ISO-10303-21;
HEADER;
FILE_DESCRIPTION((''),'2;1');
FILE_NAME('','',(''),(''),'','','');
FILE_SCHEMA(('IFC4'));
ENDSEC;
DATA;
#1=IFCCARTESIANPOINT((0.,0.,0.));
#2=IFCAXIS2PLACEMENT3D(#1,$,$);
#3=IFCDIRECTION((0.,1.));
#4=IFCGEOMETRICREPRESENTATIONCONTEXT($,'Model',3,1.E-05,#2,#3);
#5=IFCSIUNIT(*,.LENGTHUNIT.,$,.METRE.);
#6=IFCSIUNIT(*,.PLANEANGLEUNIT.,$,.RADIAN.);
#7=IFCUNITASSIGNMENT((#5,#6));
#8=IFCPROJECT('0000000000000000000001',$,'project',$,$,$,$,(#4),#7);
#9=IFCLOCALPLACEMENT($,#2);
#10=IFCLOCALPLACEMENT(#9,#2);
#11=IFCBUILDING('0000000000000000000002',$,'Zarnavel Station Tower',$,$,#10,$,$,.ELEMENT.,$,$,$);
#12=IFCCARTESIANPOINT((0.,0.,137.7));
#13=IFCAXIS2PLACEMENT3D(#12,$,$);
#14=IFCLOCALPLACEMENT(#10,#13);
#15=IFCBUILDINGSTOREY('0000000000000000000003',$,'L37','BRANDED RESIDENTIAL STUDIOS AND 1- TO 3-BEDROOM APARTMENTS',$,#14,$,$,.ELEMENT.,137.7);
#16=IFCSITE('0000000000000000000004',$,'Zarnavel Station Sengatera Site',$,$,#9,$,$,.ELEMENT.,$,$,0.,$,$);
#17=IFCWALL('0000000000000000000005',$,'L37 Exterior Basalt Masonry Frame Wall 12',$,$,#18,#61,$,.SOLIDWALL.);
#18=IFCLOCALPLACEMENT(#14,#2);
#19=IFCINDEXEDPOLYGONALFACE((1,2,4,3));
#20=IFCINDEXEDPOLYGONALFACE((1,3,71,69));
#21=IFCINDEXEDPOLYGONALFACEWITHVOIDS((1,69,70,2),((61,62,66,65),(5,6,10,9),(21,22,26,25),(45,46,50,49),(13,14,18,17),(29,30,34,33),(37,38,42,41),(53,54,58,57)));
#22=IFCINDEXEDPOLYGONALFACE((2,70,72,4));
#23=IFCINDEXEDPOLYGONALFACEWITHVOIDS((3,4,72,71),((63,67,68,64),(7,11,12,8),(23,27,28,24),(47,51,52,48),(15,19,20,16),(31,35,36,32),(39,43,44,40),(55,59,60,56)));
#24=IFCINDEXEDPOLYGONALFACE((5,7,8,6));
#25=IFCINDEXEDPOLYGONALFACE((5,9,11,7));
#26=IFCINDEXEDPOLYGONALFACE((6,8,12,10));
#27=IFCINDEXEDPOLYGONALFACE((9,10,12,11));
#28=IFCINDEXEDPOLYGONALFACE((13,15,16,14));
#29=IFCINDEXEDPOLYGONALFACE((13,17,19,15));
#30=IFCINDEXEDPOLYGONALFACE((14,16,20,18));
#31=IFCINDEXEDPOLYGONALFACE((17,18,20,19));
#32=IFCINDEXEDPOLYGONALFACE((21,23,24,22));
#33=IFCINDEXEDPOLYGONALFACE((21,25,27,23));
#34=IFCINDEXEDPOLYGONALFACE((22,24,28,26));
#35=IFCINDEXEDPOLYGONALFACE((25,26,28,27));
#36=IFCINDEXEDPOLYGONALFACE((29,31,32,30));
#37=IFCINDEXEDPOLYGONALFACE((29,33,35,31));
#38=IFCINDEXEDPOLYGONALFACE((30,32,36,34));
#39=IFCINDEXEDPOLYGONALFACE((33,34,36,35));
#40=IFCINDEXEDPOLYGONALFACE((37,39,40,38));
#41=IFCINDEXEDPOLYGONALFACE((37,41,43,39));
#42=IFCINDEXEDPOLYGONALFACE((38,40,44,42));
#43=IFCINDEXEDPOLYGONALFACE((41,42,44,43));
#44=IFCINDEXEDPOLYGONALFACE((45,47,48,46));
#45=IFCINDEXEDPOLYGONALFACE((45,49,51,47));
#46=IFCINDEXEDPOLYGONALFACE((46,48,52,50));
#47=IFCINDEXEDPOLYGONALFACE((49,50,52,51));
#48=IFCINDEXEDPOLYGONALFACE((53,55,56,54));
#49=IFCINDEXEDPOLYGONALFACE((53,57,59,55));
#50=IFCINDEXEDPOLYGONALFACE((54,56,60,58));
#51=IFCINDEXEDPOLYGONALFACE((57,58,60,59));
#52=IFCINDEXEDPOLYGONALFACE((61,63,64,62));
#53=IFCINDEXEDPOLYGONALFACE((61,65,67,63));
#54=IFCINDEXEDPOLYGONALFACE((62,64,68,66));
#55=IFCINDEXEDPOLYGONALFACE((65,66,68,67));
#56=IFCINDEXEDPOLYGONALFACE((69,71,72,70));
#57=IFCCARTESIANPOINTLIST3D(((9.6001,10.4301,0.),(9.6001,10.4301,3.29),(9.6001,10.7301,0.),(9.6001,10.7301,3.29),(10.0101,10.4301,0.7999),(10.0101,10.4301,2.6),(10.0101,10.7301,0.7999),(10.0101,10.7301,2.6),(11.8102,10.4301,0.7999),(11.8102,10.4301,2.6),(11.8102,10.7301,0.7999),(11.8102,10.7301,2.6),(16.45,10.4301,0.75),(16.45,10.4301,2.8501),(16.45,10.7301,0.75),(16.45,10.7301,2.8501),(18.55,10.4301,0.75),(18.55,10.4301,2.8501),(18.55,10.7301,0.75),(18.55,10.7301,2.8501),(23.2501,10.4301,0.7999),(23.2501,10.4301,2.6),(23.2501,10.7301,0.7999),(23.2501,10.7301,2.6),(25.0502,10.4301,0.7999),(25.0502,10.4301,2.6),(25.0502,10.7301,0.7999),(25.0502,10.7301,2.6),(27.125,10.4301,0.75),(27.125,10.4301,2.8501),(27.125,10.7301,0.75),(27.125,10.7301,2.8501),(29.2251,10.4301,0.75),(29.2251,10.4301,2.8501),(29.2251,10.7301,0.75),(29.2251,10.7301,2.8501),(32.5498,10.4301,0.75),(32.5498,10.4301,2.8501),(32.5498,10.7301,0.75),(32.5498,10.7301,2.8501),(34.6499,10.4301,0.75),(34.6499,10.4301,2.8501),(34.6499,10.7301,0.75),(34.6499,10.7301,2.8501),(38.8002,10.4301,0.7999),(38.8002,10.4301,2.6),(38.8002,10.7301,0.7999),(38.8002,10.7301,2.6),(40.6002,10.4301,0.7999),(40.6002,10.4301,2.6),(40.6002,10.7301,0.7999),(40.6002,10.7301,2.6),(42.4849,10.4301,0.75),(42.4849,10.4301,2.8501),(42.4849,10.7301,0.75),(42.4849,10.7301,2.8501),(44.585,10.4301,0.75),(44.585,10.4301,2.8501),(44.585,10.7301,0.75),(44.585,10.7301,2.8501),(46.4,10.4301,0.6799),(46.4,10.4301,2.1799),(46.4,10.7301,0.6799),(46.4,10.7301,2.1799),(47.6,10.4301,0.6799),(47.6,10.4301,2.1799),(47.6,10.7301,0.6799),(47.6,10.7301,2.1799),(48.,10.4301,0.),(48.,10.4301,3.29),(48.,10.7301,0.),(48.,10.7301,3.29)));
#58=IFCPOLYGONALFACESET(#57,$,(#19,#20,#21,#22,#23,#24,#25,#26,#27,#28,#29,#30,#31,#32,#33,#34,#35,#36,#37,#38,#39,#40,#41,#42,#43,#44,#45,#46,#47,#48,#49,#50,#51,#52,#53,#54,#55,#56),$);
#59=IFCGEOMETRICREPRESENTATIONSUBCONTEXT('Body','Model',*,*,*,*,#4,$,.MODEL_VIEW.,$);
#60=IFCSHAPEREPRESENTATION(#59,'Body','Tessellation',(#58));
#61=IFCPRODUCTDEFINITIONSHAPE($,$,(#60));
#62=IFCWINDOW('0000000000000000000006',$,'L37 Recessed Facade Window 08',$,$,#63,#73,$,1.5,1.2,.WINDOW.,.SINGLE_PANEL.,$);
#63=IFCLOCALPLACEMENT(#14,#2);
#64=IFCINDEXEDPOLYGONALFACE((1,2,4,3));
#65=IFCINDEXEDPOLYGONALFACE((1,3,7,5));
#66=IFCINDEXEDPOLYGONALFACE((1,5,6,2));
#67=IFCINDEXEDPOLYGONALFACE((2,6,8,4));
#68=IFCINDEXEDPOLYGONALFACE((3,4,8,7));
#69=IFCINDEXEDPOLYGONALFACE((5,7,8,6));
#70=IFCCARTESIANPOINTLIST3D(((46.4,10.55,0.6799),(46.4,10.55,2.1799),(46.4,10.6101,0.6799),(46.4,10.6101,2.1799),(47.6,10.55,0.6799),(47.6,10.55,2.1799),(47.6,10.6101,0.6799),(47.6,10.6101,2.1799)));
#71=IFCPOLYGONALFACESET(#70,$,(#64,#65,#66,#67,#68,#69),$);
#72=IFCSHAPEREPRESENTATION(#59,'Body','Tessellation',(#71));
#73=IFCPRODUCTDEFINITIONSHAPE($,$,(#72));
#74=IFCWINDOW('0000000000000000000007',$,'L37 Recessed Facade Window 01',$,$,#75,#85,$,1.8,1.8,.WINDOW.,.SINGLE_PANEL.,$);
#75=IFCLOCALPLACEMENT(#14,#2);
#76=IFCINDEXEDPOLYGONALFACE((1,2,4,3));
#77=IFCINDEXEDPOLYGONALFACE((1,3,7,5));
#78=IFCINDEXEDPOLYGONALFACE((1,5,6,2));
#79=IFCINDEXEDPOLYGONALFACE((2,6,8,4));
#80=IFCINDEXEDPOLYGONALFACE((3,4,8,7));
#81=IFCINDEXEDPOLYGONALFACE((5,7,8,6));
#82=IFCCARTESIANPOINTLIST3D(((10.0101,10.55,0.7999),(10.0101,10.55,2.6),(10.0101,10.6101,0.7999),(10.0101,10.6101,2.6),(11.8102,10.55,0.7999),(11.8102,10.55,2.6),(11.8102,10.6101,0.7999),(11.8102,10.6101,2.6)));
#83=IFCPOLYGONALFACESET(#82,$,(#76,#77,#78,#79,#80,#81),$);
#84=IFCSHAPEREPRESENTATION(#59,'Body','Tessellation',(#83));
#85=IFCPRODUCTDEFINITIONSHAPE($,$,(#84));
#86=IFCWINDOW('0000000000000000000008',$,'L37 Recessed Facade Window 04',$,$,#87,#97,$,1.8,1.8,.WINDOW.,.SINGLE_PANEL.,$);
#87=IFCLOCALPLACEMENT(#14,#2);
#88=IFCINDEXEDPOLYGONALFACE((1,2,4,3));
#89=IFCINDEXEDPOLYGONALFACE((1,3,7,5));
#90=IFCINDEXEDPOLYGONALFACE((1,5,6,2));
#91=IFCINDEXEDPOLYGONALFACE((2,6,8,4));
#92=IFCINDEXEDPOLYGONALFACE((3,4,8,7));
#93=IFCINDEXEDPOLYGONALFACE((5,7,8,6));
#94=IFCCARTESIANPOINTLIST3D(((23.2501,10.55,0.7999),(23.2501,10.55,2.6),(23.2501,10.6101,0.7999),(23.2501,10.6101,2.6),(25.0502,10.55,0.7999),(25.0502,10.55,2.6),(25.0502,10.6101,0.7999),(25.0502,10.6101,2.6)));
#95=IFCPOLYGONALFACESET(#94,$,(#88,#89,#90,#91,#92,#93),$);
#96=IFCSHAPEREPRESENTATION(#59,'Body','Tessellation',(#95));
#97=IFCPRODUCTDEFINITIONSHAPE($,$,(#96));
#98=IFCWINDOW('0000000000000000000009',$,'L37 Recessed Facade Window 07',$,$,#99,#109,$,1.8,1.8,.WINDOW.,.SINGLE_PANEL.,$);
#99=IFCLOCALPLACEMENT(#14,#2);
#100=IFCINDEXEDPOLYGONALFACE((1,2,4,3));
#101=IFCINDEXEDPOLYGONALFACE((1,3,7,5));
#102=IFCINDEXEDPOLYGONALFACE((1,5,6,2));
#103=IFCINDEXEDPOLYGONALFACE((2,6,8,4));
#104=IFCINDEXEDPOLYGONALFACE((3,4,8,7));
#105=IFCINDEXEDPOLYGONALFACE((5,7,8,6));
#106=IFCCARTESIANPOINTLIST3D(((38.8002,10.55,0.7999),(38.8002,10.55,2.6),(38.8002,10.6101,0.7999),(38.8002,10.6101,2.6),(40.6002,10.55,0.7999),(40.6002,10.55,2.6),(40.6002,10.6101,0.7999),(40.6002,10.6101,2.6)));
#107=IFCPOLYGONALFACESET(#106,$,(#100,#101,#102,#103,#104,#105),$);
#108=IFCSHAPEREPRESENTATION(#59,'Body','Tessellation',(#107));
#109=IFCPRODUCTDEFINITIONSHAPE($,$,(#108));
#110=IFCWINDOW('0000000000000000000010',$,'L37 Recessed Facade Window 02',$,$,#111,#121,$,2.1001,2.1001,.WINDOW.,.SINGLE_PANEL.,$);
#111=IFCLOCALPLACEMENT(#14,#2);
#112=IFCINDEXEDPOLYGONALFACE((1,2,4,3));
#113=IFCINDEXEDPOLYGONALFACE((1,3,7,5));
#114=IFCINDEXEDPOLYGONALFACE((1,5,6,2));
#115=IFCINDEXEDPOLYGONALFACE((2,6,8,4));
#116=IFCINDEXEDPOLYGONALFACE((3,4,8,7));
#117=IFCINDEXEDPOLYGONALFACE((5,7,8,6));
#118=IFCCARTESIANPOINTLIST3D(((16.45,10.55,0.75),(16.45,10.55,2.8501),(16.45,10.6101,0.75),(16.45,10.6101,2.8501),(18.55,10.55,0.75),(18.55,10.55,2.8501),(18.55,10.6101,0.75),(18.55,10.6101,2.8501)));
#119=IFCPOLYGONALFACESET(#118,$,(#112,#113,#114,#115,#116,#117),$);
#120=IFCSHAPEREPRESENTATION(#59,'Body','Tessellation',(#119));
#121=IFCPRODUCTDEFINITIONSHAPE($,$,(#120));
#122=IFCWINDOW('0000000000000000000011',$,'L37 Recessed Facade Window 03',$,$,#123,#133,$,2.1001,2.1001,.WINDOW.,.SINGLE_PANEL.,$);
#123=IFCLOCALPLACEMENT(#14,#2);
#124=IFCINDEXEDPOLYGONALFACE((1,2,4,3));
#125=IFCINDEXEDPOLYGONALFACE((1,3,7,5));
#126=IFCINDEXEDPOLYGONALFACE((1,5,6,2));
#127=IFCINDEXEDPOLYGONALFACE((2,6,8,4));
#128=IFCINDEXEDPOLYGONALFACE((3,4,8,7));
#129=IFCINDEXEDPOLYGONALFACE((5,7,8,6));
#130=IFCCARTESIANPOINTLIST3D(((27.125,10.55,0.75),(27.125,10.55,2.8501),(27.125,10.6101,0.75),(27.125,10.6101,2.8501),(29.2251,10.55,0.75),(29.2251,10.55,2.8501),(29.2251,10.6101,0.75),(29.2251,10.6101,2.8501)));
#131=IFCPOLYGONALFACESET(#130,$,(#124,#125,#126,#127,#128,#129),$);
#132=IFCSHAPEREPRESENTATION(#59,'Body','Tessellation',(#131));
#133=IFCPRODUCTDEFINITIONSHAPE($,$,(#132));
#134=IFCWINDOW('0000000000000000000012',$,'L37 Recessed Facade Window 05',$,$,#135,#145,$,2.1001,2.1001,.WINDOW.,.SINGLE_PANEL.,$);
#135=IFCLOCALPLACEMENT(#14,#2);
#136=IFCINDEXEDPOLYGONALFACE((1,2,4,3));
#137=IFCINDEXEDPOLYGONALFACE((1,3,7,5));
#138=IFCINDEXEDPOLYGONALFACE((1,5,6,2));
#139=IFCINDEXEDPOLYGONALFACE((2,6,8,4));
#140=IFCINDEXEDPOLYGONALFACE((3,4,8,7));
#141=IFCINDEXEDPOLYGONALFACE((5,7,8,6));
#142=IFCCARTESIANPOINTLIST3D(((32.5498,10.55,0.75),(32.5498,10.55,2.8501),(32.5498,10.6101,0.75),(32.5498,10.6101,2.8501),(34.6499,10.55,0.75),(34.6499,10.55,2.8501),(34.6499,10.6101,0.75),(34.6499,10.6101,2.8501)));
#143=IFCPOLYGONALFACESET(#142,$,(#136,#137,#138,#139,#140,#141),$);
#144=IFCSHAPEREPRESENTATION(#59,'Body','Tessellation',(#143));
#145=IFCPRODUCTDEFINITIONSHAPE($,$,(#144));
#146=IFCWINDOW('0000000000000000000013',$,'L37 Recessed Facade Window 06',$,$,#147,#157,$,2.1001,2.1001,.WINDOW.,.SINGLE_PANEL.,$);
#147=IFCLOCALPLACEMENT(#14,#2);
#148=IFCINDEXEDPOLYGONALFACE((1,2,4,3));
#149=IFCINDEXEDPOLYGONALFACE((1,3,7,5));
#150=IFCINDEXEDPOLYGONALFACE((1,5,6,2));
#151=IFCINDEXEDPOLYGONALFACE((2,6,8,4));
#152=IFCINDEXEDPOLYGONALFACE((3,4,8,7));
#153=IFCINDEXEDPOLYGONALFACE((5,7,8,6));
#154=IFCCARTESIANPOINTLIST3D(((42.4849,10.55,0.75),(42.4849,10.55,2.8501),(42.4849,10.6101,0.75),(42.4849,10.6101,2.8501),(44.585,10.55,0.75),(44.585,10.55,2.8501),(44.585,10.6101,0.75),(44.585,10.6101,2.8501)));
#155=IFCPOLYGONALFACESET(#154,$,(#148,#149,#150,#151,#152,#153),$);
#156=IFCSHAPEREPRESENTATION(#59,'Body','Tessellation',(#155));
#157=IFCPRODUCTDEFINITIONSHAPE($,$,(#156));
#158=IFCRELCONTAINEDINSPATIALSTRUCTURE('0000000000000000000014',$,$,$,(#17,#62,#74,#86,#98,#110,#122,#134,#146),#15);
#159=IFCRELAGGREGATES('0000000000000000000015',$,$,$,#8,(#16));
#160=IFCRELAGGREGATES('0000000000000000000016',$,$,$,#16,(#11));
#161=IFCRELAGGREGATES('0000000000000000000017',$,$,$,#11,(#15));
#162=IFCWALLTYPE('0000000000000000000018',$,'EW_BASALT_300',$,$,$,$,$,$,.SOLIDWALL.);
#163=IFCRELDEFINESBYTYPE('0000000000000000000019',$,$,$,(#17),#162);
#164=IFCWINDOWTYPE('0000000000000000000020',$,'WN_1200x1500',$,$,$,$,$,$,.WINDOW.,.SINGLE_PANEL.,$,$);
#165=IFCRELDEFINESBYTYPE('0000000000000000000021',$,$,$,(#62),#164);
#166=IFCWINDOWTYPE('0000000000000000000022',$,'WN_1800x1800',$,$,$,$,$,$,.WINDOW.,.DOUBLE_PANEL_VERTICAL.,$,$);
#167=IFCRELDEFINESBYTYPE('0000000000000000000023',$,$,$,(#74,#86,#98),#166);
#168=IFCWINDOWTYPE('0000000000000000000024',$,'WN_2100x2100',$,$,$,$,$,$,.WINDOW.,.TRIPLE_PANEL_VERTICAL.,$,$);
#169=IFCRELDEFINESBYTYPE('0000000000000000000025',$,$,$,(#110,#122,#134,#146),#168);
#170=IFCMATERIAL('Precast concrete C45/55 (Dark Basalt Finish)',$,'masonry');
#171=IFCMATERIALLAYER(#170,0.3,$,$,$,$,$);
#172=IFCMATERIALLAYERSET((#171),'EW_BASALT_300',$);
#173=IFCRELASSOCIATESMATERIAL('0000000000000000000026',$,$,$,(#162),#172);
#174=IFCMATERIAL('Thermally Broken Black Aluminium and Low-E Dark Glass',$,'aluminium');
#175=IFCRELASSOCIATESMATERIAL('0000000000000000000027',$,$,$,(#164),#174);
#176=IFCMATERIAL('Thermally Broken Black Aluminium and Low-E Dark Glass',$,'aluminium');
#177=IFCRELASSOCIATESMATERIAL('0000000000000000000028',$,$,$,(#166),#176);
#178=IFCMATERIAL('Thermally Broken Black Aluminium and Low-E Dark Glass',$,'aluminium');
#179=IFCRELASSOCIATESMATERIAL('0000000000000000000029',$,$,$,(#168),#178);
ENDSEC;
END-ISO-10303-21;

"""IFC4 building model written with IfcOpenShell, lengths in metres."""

from ifc_helpers import new_model, si_unit, direction, frame, frame_2d, origin, place, context, subcontext, project, spatial, rectangle, extrude, material, layer, layer_set, type_object, element, fill, save


model = new_model("IFC4")

# Units and contexts
model_context = context("Model", 3, precision=1e-05, world=origin(), true_north=direction((0.0, 1.0)))
body_context = subcontext(model_context, "Body", "Model", "MODEL_VIEW")
ifc_project = project(units=[si_unit("LENGTHUNIT", "METRE"), si_unit("PLANEANGLEUNIT", "RADIAN")], contexts=[model_context])

# Site, building, storey
site_placement = place(None, origin())
site = spatial("IfcSite", under=ifc_project, at=site_placement, Name="Zarnavel Station Sengatera Site", CompositionType="ELEMENT", RefElevation=0.0)
building_placement = place(site_placement, origin())
building = spatial("IfcBuilding", under=site, at=building_placement, Name="Zarnavel Station Tower", CompositionType="ELEMENT")
storey_placement = place(building_placement, frame((0.0, 0.0, 137.7)))
storey = spatial("IfcBuildingStorey", under=building, at=storey_placement, Name="L37", Description="BRANDED RESIDENTIAL STUDIOS AND 1- TO 3-BEDROOM APARTMENTS", CompositionType="ELEMENT", Elevation=137.7)

# Shared definitions
ifc_material_1 = material(Name="Precast concrete C45/55 (Dark Basalt Finish)", Category="masonry")
ifc_layer_1 = layer(ifc_material_1, 0.3)
ifc_layer_set_1 = layer_set([ifc_layer_1], Name="EW_BASALT_300")
wall_type_1 = type_object("IfcWallType", Name="EW_BASALT_300", PredefinedType="SOLIDWALL", material=ifc_layer_set_1)

# Wall, openings, windows
wall_1_placement = place(storey_placement, frame((48.0, 10.5801, 0.0), z_axis=(0.0, 0.0, 1.0), x_axis=(-1.0, 0.0, 0.0)))
wall_1 = element("IfcWall", 1, at=wall_1_placement, inside=storey, type_object=wall_type_1, Name="L37 Exterior Basalt Masonry Frame Wall 12", PredefinedType="SOLIDWALL", context=body_context, shape_type="SweptSolid", body=[
    extrude(rectangle(XDim=38.3999, YDim=0.3, at=frame_2d((19.2, 0.0))), origin(), (0.0, 0.0, 1.0), 3.29),
])
opening_1_placement = place(wall_1_placement, frame((36.1899, 0.0, 0.8)))
opening_1 = element("IfcOpeningElement", 2, at=opening_1_placement, cuts=wall_1, PredefinedType="OPENING", context=body_context, shape_type="SweptSolid", body=[
    extrude(rectangle(XDim=1.8, YDim=1.8, at=frame_2d((0.8999, 0.8999))), frame((0.0, 0.1599, 0.0), z_axis=(0.0, -1.0, 0.0), x_axis=(1.0, 0.0, 0.0)), (0.0, 0.0, 1.0), 0.3201),
])
opening_2_placement = place(wall_1_placement, frame((29.45, 0.0, 0.75)))
opening_2 = element("IfcOpeningElement", 3, at=opening_2_placement, cuts=wall_1, PredefinedType="OPENING", context=body_context, shape_type="SweptSolid", body=[
    extrude(rectangle(XDim=2.1001, YDim=2.1001, at=frame_2d((1.05, 1.05))), frame((0.0, 0.1599, 0.0), z_axis=(0.0, -1.0, 0.0), x_axis=(1.0, 0.0, 0.0)), (0.0, 0.0, 1.0), 0.3201),
])
opening_3_placement = place(wall_1_placement, frame((18.7749, 0.0, 0.75)))
opening_3 = element("IfcOpeningElement", 4, at=opening_3_placement, cuts=wall_1, PredefinedType="OPENING", context=body_context, shape_type="SweptSolid", body=[
    extrude(rectangle(XDim=2.1001, YDim=2.1001, at=frame_2d((1.05, 1.05))), frame((0.0, 0.1599, 0.0), z_axis=(0.0, -1.0, 0.0), x_axis=(1.0, 0.0, 0.0)), (0.0, 0.0, 1.0), 0.3201),
])
opening_4_placement = place(wall_1_placement, frame((22.95, 0.0, 0.8)))
opening_4 = element("IfcOpeningElement", 5, at=opening_4_placement, cuts=wall_1, PredefinedType="OPENING", context=body_context, shape_type="SweptSolid", body=[
    extrude(rectangle(XDim=1.8, YDim=1.8, at=frame_2d((0.8999, 0.8999))), frame((0.0, 0.1599, 0.0), z_axis=(0.0, -1.0, 0.0), x_axis=(1.0, 0.0, 0.0)), (0.0, 0.0, 1.0), 0.3201),
])
opening_5_placement = place(wall_1_placement, frame((13.3501, 0.0, 0.75)))
opening_5 = element("IfcOpeningElement", 6, at=opening_5_placement, cuts=wall_1, PredefinedType="OPENING", context=body_context, shape_type="SweptSolid", body=[
    extrude(rectangle(XDim=2.1001, YDim=2.1001, at=frame_2d((1.05, 1.05))), frame((0.0, 0.1599, 0.0), z_axis=(0.0, -1.0, 0.0), x_axis=(1.0, 0.0, 0.0)), (0.0, 0.0, 1.0), 0.3201),
])
opening_6_placement = place(wall_1_placement, frame((3.415, 0.0, 0.75)))
opening_6 = element("IfcOpeningElement", 7, at=opening_6_placement, cuts=wall_1, PredefinedType="OPENING", context=body_context, shape_type="SweptSolid", body=[
    extrude(rectangle(XDim=2.1001, YDim=2.1001, at=frame_2d((1.05, 1.05))), frame((0.0, 0.1599, 0.0), z_axis=(0.0, -1.0, 0.0), x_axis=(1.0, 0.0, 0.0)), (0.0, 0.0, 1.0), 0.3201),
])
opening_7_placement = place(wall_1_placement, frame((7.3999, 0.0, 0.8)))
opening_7 = element("IfcOpeningElement", 8, at=opening_7_placement, cuts=wall_1, PredefinedType="OPENING", context=body_context, shape_type="SweptSolid", body=[
    extrude(rectangle(XDim=1.8, YDim=1.8, at=frame_2d((0.8999, 0.8999))), frame((0.0, 0.1599, 0.0), z_axis=(0.0, -1.0, 0.0), x_axis=(1.0, 0.0, 0.0)), (0.0, 0.0, 1.0), 0.3201),
])
opening_8_placement = place(wall_1_placement, frame((0.3999, 0.0, 0.6799)))
opening_8 = element("IfcOpeningElement", 9, at=opening_8_placement, cuts=wall_1, PredefinedType="OPENING", context=body_context, shape_type="SweptSolid", body=[
    extrude(rectangle(XDim=1.2, YDim=1.5, at=frame_2d((0.6001, 0.75))), frame((0.0, 0.1599, 0.0), z_axis=(0.0, -1.0, 0.0), x_axis=(1.0, 0.0, 0.0)), (0.0, 0.0, 1.0), 0.3201),
])
ifc_material_2 = material(Name="Thermally Broken Black Aluminium and Low-E Dark Glass", Category="aluminium")
window_type_1 = type_object("IfcWindowType", Name="WN_1200x1500", PartitioningType="SINGLE_PANEL", PredefinedType="WINDOW", material=ifc_material_2)
window_1_placement = place(opening_8_placement, origin())
window_1 = element("IfcWindow", 10, at=window_1_placement, inside=storey, type_object=window_type_1, Name="L37 Recessed Facade Window 08", OverallHeight=1.5, OverallWidth=1.2, PartitioningType="SINGLE_PANEL", PredefinedType="WINDOW", context=body_context, shape_type="SweptSolid", body=[
    extrude(rectangle(XDim=1.2, YDim=1.5, at=frame_2d((0.6001, 0.75))), frame((0.0, 0.03, 0.0), z_axis=(0.0, -1.0, 0.0), x_axis=(1.0, 0.0, 0.0)), (0.0, 0.0, 1.0), 0.0601),
])
fill(opening_8, window_1)
ifc_material_3 = material(Name="Thermally Broken Black Aluminium and Low-E Dark Glass", Category="aluminium")
window_type_2 = type_object("IfcWindowType", Name="WN_1800x1800", PartitioningType="DOUBLE_PANEL_VERTICAL", PredefinedType="WINDOW", material=ifc_material_3)
window_2_placement = place(opening_1_placement, origin())
window_2 = element("IfcWindow", 11, at=window_2_placement, inside=storey, type_object=window_type_2, Name="L37 Recessed Facade Window 01", OverallHeight=1.8, OverallWidth=1.8, PartitioningType="SINGLE_PANEL", PredefinedType="WINDOW", context=body_context, shape_type="SweptSolid", body=[
    extrude(rectangle(XDim=1.8, YDim=1.8, at=frame_2d((0.8999, 0.8999))), frame((0.0, 0.03, 0.0), z_axis=(0.0, -1.0, 0.0), x_axis=(1.0, 0.0, 0.0)), (0.0, 0.0, 1.0), 0.0601),
])
fill(opening_1, window_2)
window_3_placement = place(opening_4_placement, origin())
window_3 = element("IfcWindow", 12, at=window_3_placement, inside=storey, type_object=window_type_2, Name="L37 Recessed Facade Window 04", OverallHeight=1.8, OverallWidth=1.8, PartitioningType="SINGLE_PANEL", PredefinedType="WINDOW", context=body_context, shape_type="SweptSolid", body=[
    extrude(rectangle(XDim=1.8, YDim=1.8, at=frame_2d((0.8999, 0.8999))), frame((0.0, 0.03, 0.0), z_axis=(0.0, -1.0, 0.0), x_axis=(1.0, 0.0, 0.0)), (0.0, 0.0, 1.0), 0.0601),
])
fill(opening_4, window_3)
window_4_placement = place(opening_7_placement, origin())
window_4 = element("IfcWindow", 13, at=window_4_placement, inside=storey, type_object=window_type_2, Name="L37 Recessed Facade Window 07", OverallHeight=1.8, OverallWidth=1.8, PartitioningType="SINGLE_PANEL", PredefinedType="WINDOW", context=body_context, shape_type="SweptSolid", body=[
    extrude(rectangle(XDim=1.8, YDim=1.8, at=frame_2d((0.8999, 0.8999))), frame((0.0, 0.03, 0.0), z_axis=(0.0, -1.0, 0.0), x_axis=(1.0, 0.0, 0.0)), (0.0, 0.0, 1.0), 0.0601),
])
fill(opening_7, window_4)
ifc_material_4 = material(Name="Thermally Broken Black Aluminium and Low-E Dark Glass", Category="aluminium")
window_type_3 = type_object("IfcWindowType", Name="WN_2100x2100", PartitioningType="TRIPLE_PANEL_VERTICAL", PredefinedType="WINDOW", material=ifc_material_4)
window_5_placement = place(opening_2_placement, origin())
window_5 = element("IfcWindow", 14, at=window_5_placement, inside=storey, type_object=window_type_3, Name="L37 Recessed Facade Window 02", OverallHeight=2.1001, OverallWidth=2.1001, PartitioningType="SINGLE_PANEL", PredefinedType="WINDOW", context=body_context, shape_type="SweptSolid", body=[
    extrude(rectangle(XDim=2.1001, YDim=2.1001, at=frame_2d((1.05, 1.05))), frame((0.0, 0.03, 0.0), z_axis=(0.0, -1.0, 0.0), x_axis=(1.0, 0.0, 0.0)), (0.0, 0.0, 1.0), 0.0601),
])
fill(opening_2, window_5)
window_6_placement = place(opening_3_placement, origin())
window_6 = element("IfcWindow", 15, at=window_6_placement, inside=storey, type_object=window_type_3, Name="L37 Recessed Facade Window 03", OverallHeight=2.1001, OverallWidth=2.1001, PartitioningType="SINGLE_PANEL", PredefinedType="WINDOW", context=body_context, shape_type="SweptSolid", body=[
    extrude(rectangle(XDim=2.1001, YDim=2.1001, at=frame_2d((1.05, 1.05))), frame((0.0, 0.03, 0.0), z_axis=(0.0, -1.0, 0.0), x_axis=(1.0, 0.0, 0.0)), (0.0, 0.0, 1.0), 0.0601),
])
fill(opening_3, window_6)
window_7_placement = place(opening_5_placement, origin())
window_7 = element("IfcWindow", 16, at=window_7_placement, inside=storey, type_object=window_type_3, Name="L37 Recessed Facade Window 05", OverallHeight=2.1001, OverallWidth=2.1001, PartitioningType="SINGLE_PANEL", PredefinedType="WINDOW", context=body_context, shape_type="SweptSolid", body=[
    extrude(rectangle(XDim=2.1001, YDim=2.1001, at=frame_2d((1.05, 1.05))), frame((0.0, 0.03, 0.0), z_axis=(0.0, -1.0, 0.0), x_axis=(1.0, 0.0, 0.0)), (0.0, 0.0, 1.0), 0.0601),
])
fill(opening_5, window_7)
window_8_placement = place(opening_6_placement, origin())
window_8 = element("IfcWindow", 17, at=window_8_placement, inside=storey, type_object=window_type_3, Name="L37 Recessed Facade Window 06", OverallHeight=2.1001, OverallWidth=2.1001, PartitioningType="SINGLE_PANEL", PredefinedType="WINDOW", context=body_context, shape_type="SweptSolid", body=[
    extrude(rectangle(XDim=2.1001, YDim=2.1001, at=frame_2d((1.05, 1.05))), frame((0.0, 0.03, 0.0), z_axis=(0.0, -1.0, 0.0), x_axis=(1.0, 0.0, 0.0)), (0.0, 0.0, 1.0), 0.0601),
])
fill(opening_6, window_8)

save(model, "model.ifc")
